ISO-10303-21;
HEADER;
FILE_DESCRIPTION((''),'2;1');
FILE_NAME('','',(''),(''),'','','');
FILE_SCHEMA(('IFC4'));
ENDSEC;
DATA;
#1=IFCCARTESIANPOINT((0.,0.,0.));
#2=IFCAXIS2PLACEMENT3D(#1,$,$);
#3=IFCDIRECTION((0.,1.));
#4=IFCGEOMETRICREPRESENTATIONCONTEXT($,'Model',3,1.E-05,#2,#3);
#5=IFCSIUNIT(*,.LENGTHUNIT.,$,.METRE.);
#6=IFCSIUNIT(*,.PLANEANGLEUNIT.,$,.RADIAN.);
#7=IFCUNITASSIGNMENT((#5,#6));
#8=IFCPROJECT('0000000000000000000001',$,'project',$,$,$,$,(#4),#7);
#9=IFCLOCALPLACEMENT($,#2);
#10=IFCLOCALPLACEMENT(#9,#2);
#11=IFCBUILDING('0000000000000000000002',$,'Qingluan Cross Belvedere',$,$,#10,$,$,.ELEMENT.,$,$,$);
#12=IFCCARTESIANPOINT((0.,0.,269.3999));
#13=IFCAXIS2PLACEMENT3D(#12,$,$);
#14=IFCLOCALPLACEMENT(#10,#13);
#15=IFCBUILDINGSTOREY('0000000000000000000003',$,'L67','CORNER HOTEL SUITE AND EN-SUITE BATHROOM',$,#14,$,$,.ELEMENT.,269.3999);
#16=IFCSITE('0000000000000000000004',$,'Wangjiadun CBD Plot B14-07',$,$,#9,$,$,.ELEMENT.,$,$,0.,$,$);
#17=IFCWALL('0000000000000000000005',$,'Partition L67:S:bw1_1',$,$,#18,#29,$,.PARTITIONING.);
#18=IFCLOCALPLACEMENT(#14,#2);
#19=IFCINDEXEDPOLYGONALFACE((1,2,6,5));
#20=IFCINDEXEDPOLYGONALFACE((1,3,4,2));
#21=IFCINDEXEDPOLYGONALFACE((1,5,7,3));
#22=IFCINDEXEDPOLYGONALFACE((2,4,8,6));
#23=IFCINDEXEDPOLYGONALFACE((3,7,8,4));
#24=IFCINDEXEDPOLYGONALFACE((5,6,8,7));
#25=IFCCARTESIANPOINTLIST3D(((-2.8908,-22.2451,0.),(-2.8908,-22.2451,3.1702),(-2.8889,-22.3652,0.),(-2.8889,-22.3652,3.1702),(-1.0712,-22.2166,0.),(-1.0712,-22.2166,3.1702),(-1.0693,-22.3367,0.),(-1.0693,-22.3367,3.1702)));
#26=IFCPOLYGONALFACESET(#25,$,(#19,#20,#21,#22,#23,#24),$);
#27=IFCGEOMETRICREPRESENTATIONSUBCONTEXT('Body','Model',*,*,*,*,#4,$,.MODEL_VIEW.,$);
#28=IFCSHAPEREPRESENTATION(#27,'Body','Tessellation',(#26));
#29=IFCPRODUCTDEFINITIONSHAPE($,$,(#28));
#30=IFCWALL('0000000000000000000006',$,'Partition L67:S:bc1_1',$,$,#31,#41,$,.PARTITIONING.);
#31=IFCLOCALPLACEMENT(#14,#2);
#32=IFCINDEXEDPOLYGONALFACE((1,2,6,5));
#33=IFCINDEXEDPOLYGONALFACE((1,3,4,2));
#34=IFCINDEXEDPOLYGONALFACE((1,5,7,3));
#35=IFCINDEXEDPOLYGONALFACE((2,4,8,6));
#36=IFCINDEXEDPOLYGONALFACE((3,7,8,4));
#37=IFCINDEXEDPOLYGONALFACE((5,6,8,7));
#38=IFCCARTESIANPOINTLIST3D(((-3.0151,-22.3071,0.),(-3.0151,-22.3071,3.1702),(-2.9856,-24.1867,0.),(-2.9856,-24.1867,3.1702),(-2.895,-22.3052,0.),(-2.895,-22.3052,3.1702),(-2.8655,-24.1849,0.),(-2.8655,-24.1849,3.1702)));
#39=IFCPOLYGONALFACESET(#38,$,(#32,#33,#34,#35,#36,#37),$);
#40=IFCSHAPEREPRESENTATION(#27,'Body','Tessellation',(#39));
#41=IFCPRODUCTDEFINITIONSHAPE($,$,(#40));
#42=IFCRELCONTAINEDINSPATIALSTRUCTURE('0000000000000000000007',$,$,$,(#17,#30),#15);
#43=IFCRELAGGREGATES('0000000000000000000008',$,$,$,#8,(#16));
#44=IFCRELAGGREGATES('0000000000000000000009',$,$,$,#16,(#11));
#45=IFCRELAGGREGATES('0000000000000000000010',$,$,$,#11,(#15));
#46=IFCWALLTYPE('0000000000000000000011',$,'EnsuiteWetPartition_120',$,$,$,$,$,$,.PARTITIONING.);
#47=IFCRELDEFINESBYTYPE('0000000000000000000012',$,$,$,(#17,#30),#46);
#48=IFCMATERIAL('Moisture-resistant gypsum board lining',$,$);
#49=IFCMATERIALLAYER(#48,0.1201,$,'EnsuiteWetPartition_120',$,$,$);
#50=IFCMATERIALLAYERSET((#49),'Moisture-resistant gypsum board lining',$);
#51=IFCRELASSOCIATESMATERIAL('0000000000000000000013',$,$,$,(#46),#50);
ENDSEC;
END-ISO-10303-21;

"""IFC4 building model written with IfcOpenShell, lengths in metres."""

from ifc_helpers import new_model, si_unit, direction, frame, frame_2d, origin, place, context, subcontext, project, spatial, rectangle, extrude, material, layer, layer_set, type_object, element, save


model = new_model("IFC4")

# Units and contexts
model_context = context("Model", 3, precision=1e-05, world=origin(), true_north=direction((0.0, 1.0)))
body_context = subcontext(model_context, "Body", "Model", "MODEL_VIEW")
ifc_project = project(units=[si_unit("LENGTHUNIT", "METRE"), si_unit("PLANEANGLEUNIT", "RADIAN")], contexts=[model_context])

# Site, building, storey
site_placement = place(None, origin())
site = spatial("IfcSite", under=ifc_project, at=site_placement, Name="Wangjiadun CBD Plot B14-07", CompositionType="ELEMENT", RefElevation=0.0)
building_placement = place(site_placement, origin())
building = spatial("IfcBuilding", under=site, at=building_placement, Name="Qingluan Cross Belvedere", CompositionType="ELEMENT")
storey_placement = place(building_placement, frame((0.0, 0.0, 269.3999)))
storey = spatial("IfcBuildingStorey", under=building, at=storey_placement, Name="L67", Description="CORNER HOTEL SUITE AND EN-SUITE BATHROOM", CompositionType="ELEMENT", Elevation=269.3999)

# Shared definitions
ifc_material_1 = material(Name="Moisture-resistant gypsum board lining")
ifc_layer_1 = layer(ifc_material_1, 0.1201, Name="EnsuiteWetPartition_120")
ifc_layer_set_1 = layer_set([ifc_layer_1], Name="Moisture-resistant gypsum board lining")
wall_type_1 = type_object("IfcWallType", Name="EnsuiteWetPartition_120", PredefinedType="PARTITIONING", material=ifc_layer_set_1)

# Walls
wall_1_placement = place(storey_placement, frame((-2.8899, -22.3052, 0.0), z_axis=(0.0, 0.0, 1.0), x_axis=(0.999877, 0.015696, 0.0)))
element("IfcWall", 1, at=wall_1_placement, inside=storey, type_object=wall_type_1, Name="Partition L67:S:bw1_1", PredefinedType="PARTITIONING", context=body_context, shape_type="SweptSolid", body=[
    extrude(rectangle(XDim=1.8198, YDim=0.1201, at=frame_2d((0.9099, 0.0))), origin(), (0.0, 0.0, 1.0), 3.1702),
])
wall_2_placement = place(storey_placement, frame((-2.9551, -22.3062, 0.0), z_axis=(0.0, 0.0, 1.0), x_axis=(0.015714, -0.999877, 0.0)))
element("IfcWall", 2, at=wall_2_placement, inside=storey, type_object=wall_type_1, Name="Partition L67:S:bc1_1", PredefinedType="PARTITIONING", context=body_context, shape_type="SweptSolid", body=[
    extrude(rectangle(XDim=1.8799, YDim=0.1201, at=frame_2d((0.9399, 0.0))), origin(), (0.0, 0.0, 1.0), 3.1702),
])

save(model, "model.ifc")
